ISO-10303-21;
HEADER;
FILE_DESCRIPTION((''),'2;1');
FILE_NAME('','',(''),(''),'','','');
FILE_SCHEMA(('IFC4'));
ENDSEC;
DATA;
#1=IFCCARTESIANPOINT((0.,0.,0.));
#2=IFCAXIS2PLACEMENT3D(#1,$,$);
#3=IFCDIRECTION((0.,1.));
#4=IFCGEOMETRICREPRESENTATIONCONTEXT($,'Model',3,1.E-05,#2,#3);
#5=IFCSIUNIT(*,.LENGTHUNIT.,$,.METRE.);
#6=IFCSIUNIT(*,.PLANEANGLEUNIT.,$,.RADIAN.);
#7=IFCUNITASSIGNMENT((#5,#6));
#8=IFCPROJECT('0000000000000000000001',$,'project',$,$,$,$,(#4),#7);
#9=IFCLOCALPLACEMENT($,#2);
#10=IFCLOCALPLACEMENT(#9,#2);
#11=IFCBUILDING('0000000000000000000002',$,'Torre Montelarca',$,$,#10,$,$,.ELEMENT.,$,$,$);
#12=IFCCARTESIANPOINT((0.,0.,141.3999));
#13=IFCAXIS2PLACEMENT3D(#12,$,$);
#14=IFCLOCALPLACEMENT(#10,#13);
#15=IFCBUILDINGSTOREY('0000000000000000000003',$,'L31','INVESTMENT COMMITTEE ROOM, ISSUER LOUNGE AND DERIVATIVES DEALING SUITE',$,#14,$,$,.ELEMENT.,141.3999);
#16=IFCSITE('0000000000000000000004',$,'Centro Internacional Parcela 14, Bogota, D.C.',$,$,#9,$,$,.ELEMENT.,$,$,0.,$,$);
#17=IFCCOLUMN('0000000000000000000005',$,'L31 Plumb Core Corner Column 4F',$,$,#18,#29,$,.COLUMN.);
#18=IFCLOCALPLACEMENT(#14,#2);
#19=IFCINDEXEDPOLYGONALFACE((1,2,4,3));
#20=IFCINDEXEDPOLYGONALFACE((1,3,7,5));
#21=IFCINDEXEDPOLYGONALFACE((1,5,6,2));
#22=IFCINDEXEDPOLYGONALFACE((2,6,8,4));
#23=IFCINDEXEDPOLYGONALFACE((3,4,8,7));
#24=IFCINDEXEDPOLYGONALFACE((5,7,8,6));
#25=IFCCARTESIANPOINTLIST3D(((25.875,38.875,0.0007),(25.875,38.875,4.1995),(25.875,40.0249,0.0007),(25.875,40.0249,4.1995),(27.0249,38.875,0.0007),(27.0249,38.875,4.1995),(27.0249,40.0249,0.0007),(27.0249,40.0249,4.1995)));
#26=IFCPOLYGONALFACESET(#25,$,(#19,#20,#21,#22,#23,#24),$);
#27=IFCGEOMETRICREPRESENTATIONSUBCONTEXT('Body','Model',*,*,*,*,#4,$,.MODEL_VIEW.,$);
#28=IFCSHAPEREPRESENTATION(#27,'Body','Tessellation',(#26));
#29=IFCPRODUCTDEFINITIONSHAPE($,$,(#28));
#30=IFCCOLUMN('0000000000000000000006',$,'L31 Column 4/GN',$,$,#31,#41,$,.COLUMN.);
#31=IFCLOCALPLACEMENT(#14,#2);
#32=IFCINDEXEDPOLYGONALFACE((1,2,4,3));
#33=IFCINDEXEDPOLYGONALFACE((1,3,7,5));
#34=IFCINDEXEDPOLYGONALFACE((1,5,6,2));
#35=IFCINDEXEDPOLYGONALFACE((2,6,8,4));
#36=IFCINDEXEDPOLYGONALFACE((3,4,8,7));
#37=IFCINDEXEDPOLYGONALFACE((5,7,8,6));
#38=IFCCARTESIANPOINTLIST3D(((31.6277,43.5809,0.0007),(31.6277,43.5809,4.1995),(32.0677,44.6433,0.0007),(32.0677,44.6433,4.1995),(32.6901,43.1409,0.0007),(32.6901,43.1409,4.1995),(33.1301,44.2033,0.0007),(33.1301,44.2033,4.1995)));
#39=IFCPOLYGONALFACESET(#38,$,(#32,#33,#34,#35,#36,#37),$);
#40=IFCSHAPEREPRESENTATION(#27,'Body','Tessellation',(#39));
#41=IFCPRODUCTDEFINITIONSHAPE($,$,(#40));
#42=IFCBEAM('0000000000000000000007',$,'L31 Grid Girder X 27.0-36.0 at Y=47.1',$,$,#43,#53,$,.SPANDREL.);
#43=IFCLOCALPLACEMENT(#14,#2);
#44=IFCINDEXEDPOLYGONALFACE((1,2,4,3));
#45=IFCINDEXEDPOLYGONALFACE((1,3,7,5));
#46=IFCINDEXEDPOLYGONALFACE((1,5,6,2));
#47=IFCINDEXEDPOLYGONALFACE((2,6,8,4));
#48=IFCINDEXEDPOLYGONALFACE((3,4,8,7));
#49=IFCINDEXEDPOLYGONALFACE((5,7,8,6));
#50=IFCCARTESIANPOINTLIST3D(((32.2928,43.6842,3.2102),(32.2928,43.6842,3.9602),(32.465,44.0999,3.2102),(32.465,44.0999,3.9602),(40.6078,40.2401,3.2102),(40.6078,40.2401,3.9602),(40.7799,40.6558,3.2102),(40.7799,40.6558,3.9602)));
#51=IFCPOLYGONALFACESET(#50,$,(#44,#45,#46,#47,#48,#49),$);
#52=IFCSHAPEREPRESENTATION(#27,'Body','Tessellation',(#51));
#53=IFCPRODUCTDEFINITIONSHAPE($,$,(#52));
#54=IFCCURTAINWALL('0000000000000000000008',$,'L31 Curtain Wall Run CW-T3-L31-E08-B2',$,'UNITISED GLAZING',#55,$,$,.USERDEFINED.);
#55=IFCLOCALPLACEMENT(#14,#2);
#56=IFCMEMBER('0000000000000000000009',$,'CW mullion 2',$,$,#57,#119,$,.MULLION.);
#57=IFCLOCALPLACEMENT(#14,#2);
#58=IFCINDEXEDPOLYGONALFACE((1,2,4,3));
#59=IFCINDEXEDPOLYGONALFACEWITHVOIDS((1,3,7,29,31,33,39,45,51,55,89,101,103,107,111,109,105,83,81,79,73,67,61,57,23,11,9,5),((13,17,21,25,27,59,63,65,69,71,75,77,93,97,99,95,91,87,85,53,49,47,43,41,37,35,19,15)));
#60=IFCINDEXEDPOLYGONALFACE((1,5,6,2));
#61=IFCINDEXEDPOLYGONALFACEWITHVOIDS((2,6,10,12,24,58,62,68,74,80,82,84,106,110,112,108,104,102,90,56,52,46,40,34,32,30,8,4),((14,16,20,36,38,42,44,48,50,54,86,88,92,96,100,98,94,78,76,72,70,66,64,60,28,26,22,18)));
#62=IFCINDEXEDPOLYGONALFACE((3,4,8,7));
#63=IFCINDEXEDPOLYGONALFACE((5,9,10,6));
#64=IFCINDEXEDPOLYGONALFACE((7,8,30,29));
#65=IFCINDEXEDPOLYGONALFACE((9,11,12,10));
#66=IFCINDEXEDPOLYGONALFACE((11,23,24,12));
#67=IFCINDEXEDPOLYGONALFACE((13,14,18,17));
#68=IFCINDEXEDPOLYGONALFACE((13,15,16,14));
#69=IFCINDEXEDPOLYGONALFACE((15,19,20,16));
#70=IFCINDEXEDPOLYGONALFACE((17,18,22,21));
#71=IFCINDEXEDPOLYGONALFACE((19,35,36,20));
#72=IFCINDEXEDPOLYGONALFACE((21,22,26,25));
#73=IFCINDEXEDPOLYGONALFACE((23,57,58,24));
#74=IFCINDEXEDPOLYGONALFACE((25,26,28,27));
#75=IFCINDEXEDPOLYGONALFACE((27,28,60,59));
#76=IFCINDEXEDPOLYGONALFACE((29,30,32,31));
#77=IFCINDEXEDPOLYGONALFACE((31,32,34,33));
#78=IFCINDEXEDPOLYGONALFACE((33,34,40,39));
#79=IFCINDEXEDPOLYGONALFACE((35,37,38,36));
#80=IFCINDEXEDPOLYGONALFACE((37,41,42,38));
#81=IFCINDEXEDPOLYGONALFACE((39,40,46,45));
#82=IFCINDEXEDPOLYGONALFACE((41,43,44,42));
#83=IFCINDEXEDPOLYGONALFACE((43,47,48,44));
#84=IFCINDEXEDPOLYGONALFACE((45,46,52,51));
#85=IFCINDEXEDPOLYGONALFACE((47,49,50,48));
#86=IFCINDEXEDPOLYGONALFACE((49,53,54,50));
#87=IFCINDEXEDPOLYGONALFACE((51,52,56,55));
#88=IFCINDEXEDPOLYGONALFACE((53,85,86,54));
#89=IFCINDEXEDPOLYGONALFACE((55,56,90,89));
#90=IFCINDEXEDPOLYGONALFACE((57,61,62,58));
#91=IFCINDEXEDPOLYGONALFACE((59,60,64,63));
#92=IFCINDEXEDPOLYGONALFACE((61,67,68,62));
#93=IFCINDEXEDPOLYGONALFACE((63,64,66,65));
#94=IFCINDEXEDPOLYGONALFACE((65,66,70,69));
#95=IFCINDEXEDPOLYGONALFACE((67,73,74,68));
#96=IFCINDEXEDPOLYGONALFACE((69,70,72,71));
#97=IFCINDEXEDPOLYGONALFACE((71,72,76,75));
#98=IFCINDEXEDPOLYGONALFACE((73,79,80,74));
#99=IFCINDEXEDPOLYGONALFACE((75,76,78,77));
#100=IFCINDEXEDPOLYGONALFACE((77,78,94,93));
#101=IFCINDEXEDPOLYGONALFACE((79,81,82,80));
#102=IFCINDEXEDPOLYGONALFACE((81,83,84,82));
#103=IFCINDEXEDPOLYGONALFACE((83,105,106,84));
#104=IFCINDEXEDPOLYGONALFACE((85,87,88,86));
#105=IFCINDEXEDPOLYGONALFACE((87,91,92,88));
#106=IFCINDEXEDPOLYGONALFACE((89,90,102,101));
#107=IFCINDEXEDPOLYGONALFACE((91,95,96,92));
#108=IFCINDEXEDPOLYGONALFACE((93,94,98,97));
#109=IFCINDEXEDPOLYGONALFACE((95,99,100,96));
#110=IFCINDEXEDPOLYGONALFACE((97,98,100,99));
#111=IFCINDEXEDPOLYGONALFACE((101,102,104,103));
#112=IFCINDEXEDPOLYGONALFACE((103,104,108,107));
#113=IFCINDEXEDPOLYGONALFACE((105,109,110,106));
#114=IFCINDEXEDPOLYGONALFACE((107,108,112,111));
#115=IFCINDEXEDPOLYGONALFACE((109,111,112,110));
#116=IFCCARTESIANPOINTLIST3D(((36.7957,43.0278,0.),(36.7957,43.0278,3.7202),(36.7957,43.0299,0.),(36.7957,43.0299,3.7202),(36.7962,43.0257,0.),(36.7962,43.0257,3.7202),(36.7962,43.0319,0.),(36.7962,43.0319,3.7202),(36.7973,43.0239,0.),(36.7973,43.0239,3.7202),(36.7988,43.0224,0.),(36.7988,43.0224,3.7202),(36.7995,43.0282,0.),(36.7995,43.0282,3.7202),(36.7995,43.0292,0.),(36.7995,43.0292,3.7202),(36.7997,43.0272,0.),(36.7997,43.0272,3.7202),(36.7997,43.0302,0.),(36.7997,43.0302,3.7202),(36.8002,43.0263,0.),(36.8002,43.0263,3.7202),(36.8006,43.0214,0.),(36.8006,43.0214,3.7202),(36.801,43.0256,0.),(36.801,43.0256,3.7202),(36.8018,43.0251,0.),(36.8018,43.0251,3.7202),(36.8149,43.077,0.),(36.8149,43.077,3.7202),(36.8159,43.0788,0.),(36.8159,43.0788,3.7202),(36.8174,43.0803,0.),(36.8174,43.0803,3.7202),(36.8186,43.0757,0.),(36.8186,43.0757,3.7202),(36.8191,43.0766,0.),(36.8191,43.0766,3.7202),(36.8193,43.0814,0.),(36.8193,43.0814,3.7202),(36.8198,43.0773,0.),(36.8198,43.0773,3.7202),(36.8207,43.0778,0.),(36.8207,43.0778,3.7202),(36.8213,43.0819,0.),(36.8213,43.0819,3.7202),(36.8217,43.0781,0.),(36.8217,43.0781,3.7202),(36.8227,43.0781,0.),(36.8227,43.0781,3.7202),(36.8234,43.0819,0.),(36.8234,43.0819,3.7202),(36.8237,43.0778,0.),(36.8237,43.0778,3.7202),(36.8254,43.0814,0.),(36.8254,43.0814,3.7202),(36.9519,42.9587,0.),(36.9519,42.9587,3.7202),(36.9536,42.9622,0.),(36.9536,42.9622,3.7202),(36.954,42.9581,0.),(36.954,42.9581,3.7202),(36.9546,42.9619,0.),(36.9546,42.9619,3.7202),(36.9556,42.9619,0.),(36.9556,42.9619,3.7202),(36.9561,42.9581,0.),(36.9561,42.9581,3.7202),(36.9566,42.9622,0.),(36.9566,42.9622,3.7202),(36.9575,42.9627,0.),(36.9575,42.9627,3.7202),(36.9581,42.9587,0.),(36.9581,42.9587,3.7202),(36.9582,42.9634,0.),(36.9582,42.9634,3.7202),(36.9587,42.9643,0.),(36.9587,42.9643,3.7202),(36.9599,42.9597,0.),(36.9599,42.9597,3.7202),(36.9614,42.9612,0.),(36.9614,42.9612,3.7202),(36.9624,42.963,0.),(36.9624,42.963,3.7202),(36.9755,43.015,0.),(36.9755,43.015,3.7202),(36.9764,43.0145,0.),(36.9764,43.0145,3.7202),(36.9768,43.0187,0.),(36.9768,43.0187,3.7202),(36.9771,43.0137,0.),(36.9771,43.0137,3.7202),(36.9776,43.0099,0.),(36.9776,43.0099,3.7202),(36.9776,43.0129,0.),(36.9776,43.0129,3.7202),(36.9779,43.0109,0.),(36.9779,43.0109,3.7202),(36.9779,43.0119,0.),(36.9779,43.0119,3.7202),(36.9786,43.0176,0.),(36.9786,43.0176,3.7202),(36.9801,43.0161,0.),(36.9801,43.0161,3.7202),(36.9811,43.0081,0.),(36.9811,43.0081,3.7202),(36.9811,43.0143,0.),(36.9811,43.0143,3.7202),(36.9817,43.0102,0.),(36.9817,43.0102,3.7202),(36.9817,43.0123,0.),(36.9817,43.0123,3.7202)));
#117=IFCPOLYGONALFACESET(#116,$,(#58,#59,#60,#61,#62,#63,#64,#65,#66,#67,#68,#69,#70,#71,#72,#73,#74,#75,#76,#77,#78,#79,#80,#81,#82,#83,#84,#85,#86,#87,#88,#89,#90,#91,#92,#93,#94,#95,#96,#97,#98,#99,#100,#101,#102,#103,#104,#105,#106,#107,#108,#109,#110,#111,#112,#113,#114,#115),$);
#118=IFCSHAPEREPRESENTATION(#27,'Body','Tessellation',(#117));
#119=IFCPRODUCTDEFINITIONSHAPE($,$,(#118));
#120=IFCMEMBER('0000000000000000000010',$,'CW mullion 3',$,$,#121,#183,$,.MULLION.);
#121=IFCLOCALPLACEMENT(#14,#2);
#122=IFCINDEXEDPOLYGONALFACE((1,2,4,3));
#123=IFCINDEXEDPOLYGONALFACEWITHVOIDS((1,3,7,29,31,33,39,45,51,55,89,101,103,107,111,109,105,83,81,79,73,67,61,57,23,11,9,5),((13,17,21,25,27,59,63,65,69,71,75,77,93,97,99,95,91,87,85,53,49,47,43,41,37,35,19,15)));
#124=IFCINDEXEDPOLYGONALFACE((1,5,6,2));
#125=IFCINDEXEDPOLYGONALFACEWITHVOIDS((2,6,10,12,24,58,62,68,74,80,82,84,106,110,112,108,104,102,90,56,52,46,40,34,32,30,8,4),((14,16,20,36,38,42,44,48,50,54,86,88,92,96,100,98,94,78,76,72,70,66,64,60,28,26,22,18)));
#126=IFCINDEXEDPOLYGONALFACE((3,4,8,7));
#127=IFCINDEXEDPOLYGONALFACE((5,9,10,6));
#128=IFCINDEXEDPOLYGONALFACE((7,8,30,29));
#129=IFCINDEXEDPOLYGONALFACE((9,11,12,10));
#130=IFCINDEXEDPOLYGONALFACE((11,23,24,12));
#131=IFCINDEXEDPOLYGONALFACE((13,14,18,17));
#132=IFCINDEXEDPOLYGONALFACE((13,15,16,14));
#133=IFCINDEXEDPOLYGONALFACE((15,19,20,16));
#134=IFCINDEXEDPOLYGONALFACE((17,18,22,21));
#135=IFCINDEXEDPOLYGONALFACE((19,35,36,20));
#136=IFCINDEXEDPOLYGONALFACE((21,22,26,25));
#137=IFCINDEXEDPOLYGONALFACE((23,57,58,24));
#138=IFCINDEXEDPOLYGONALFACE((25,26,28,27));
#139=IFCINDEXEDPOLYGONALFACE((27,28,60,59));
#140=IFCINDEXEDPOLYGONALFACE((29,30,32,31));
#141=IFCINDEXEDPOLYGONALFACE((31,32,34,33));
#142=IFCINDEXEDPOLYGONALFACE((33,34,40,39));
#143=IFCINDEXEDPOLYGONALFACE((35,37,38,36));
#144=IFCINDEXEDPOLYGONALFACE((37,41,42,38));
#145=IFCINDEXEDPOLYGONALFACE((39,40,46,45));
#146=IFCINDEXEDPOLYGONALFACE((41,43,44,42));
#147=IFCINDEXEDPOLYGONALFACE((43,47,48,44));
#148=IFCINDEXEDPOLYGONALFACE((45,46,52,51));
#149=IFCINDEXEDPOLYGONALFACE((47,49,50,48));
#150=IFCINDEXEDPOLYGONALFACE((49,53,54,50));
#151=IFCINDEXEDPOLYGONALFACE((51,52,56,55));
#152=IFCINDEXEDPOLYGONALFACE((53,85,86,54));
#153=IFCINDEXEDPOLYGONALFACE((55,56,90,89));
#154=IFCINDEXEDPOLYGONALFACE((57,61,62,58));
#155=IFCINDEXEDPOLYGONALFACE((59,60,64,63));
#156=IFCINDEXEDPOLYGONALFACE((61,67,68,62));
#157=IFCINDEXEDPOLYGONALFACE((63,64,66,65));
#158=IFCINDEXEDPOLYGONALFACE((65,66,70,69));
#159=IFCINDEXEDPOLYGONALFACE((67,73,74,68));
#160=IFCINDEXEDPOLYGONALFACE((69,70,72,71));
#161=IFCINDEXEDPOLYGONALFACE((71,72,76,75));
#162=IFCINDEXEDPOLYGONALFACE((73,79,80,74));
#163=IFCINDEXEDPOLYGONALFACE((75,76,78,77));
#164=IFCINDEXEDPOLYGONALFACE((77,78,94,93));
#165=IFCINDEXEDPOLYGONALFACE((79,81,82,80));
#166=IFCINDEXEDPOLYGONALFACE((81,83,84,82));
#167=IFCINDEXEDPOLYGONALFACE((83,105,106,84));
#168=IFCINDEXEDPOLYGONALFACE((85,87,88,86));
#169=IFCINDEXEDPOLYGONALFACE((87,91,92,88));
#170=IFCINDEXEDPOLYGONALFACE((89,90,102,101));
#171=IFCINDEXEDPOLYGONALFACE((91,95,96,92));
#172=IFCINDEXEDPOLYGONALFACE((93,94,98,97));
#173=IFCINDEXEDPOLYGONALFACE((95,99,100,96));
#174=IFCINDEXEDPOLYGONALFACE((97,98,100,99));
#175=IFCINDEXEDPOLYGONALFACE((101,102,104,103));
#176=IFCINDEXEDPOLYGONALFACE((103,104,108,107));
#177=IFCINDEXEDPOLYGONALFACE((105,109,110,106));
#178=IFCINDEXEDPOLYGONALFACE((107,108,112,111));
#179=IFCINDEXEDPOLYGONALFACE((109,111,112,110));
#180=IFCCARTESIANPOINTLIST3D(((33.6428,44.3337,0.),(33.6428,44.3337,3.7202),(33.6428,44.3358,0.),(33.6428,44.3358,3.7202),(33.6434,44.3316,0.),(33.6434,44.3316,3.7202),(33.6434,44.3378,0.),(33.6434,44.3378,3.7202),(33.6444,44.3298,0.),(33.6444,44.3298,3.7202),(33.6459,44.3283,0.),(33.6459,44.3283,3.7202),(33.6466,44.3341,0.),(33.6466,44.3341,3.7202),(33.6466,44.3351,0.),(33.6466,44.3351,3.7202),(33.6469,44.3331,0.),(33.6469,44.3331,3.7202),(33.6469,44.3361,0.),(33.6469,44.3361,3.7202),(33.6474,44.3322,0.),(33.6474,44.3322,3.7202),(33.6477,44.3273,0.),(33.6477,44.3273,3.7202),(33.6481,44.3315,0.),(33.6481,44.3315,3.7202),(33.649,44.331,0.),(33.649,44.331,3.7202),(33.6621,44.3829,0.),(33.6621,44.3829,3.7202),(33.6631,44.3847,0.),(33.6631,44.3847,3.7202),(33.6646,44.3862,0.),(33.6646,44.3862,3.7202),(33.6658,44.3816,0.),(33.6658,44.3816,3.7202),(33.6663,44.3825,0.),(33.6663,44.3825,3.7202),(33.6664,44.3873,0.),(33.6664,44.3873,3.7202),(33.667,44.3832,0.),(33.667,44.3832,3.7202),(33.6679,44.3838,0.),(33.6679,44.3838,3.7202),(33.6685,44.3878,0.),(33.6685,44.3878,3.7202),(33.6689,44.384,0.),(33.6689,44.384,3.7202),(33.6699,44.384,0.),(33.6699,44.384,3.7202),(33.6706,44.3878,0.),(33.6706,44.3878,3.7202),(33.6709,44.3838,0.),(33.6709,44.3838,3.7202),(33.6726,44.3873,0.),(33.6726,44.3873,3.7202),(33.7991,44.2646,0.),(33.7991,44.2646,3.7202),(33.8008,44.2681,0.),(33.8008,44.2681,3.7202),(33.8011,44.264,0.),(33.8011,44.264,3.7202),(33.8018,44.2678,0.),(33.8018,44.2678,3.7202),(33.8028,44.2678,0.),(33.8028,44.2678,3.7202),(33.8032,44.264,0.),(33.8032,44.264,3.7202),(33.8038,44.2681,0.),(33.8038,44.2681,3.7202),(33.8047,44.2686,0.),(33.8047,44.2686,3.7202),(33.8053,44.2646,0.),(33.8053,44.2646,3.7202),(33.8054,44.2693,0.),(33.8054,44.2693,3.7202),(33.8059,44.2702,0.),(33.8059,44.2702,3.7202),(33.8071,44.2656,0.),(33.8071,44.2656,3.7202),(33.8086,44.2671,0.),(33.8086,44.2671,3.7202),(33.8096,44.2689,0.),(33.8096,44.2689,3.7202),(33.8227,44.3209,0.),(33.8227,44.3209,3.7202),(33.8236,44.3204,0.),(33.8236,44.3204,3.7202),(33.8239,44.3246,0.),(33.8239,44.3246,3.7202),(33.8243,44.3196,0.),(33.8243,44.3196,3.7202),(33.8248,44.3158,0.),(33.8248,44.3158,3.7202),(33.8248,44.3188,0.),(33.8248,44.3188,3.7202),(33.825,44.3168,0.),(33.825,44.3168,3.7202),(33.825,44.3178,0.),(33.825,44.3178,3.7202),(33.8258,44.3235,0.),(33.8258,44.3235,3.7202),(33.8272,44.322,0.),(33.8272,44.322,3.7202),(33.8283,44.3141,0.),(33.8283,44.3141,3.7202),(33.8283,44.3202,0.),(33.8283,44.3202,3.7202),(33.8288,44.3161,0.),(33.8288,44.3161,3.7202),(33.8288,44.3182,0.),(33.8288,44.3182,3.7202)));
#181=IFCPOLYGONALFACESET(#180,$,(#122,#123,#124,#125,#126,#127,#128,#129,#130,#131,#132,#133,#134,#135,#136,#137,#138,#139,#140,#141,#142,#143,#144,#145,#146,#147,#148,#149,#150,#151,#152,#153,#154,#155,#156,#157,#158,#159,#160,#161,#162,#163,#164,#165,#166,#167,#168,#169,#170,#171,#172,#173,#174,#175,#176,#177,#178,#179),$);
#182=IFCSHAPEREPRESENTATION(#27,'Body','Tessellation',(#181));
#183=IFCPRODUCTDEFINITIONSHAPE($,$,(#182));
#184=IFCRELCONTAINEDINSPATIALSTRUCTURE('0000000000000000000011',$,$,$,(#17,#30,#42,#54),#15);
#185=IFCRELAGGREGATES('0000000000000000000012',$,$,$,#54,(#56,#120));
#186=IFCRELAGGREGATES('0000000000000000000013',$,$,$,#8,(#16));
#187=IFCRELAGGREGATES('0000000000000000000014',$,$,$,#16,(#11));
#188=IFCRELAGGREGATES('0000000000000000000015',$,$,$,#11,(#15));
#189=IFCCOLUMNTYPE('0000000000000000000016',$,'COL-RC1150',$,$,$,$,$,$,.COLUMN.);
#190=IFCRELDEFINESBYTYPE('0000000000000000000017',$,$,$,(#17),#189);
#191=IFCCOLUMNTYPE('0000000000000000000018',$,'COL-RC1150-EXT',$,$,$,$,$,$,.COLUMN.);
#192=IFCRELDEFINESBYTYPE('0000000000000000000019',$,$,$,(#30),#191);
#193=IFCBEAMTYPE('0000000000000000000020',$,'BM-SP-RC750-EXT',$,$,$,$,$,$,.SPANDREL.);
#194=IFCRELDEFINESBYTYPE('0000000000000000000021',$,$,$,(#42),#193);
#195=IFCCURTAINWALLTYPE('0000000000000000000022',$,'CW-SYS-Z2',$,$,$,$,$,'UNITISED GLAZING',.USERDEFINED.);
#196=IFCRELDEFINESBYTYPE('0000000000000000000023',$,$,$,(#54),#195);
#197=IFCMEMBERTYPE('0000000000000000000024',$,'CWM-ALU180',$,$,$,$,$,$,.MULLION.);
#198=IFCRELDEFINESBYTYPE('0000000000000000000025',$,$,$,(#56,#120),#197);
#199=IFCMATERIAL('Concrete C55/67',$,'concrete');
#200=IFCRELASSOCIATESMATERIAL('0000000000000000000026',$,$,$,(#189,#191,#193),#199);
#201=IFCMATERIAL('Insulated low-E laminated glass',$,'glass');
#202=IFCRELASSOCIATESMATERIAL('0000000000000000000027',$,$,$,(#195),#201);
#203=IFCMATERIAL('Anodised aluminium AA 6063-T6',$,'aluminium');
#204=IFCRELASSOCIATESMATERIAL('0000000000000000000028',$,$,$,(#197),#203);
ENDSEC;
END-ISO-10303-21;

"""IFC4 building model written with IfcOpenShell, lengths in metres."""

from ifc_helpers import new_model, si_unit, direction, frame, origin, origin_2d, place, context, subcontext, project, spatial, rectangle, hollow_rectangle, extrude, source, transform, mapped, material, material_profile, profile_set, type_object, element, aggregate, save


model = new_model("IFC4")

# Units and contexts
model_context = context("Model", 3, precision=1e-05, world=origin(), true_north=direction((0.0, 1.0)))
body_context = subcontext(model_context, "Body", "Model", "MODEL_VIEW")
ifc_project = project(units=[si_unit("LENGTHUNIT", "METRE"), si_unit("PLANEANGLEUNIT", "RADIAN")], contexts=[model_context])

# Site, building, storey
site_placement = place(None, origin())
site = spatial("IfcSite", under=ifc_project, at=site_placement, Name="Centro Internacional Parcela 14, Bogota, D.C.", CompositionType="ELEMENT", RefElevation=0.0)
building_placement = place(site_placement, origin())
building = spatial("IfcBuilding", under=site, at=building_placement, Name="Torre Montelarca", CompositionType="ELEMENT")
storey_placement = place(building_placement, frame((0.0, 0.0, 141.3999)))
storey = spatial("IfcBuildingStorey", under=building, at=storey_placement, Name="L31", Description="INVESTMENT COMMITTEE ROOM, ISSUER LOUNGE AND DERIVATIVES DEALING SUITE", CompositionType="ELEMENT", Elevation=141.3999)

# Columns
ifc_material_1 = material(Name="Concrete C55/67", Category="concrete")
ifc_material_profile_1 = material_profile(ifc_material_1, rectangle(XDim=1.1499, YDim=1.1499, at=origin_2d()), Name="RC1150X1150", Category="concrete")
ifc_profile_set_1 = profile_set([ifc_material_profile_1], Name="Concrete C55/67")
column_type_1 = type_object("IfcColumnType", Name="COL-RC1150", PredefinedType="COLUMN", material=ifc_profile_set_1)
shared_shape_1 = source(origin(), body_context, "Body", "SweptSolid", [
    extrude(rectangle(XDim=1.1499, YDim=1.1499, at=origin_2d()), origin(), (0.0, 0.0, 1.0), 4.1987),
])
column_1_placement = place(storey_placement, frame((26.45, 39.45, 0.0007), z_axis=(0.0, 0.0, 1.0), x_axis=(1.0, 0.0, 0.0)))
element("IfcColumn", 1, at=column_1_placement, inside=storey, type_object=column_type_1, Name="L31 Plumb Core Corner Column 4F", PredefinedType="COLUMN", context=body_context, shape_type="MappedRepresentation", body=[
    mapped(shared_shape_1, transform((0.0, 0.0, 0.0), scale=1.0)),
])
ifc_material_profile_2 = material_profile(ifc_material_1, rectangle(XDim=1.1499, YDim=1.1499, at=origin_2d()), Name="RC1150X1150", Category="concrete")
ifc_profile_set_2 = profile_set([ifc_material_profile_2], Name="Concrete C55/67")
column_type_2 = type_object("IfcColumnType", Name="COL-RC1150-EXT", PredefinedType="COLUMN", material=ifc_profile_set_2)
shared_shape_2 = source(origin(), body_context, "Body", "SweptSolid", [
    extrude(rectangle(XDim=1.1499, YDim=1.1499, at=origin_2d()), origin(), (0.0, 0.0, 1.0), 4.1987),
])
column_2_placement = place(storey_placement, frame((32.3789, 43.8921, 0.0007), z_axis=(0.0, 0.0, 1.0), x_axis=(-0.92388, 0.382683, 0.0)))
element("IfcColumn", 2, at=column_2_placement, inside=storey, type_object=column_type_2, Name="L31 Column 4/GN", PredefinedType="COLUMN", context=body_context, shape_type="MappedRepresentation", body=[
    mapped(shared_shape_2, transform((0.0, 0.0, 0.0), scale=1.0)),
])

# Beam
ifc_material_profile_3 = material_profile(ifc_material_1, rectangle(XDim=0.45, YDim=0.75, at=origin_2d()), Name="RCB450X750", Category="concrete")
ifc_profile_set_3 = profile_set([ifc_material_profile_3], Name="Concrete C55/67")
beam_type = type_object("IfcBeamType", Name="BM-SP-RC750-EXT", PredefinedType="SPANDREL", material=ifc_profile_set_3)
shared_shape_3 = source(origin(), body_context, "Body", "SweptSolid", [
    extrude(rectangle(XDim=0.45, YDim=0.75, at=origin_2d()), origin(), (0.0, 0.0, 1.0), 9.0),
])
beam_placement = place(storey_placement, frame((32.3789, 43.8921, 3.5852), z_axis=(0.923882, -0.382677, 0.0), x_axis=(0.382677, 0.923882, 0.0)))
element("IfcBeam", 3, at=beam_placement, inside=storey, type_object=beam_type, Name="L31 Grid Girder X 27.0-36.0 at Y=47.1", PredefinedType="SPANDREL", context=body_context, shape_type="MappedRepresentation", body=[
    mapped(shared_shape_3, transform((0.0, 0.0, 0.0), scale=1.0)),
])

# Curtain wall, members
ifc_material_2 = material(Name="Insulated low-E laminated glass", Category="glass")
curtain_wall_type = type_object("IfcCurtainWallType", Name="CW-SYS-Z2", ElementType="UNITISED GLAZING", PredefinedType="USERDEFINED", material=ifc_material_2)
curtain_wall_placement = place(storey_placement, origin())
curtain_wall = element("IfcCurtainWall", 4, at=curtain_wall_placement, inside=storey, type_object=curtain_wall_type, Name="L31 Curtain Wall Run CW-T3-L31-E08-B2", ObjectType="UNITISED GLAZING", PredefinedType="USERDEFINED")
ifc_material_3 = material(Name="Anodised aluminium AA 6063-T6", Category="aluminium")
ifc_material_profile_4 = material_profile(ifc_material_3, hollow_rectangle(XDim=0.0649, YDim=0.1799, WallThickness=0.0039, InnerFilletRadius=0.0039, OuterFilletRadius=0.0081, at=origin_2d()), Name="ALU65X180X4", Category="aluminium")
ifc_profile_set_4 = profile_set([ifc_material_profile_4], Name="Anodised aluminium AA 6063-T6")
member_type_1 = type_object("IfcMemberType", Name="CWM-ALU180", PredefinedType="MULLION", material=ifc_profile_set_4)
shared_shape_4 = source(origin(), body_context, "Body", "SweptSolid", [
    extrude(hollow_rectangle(XDim=0.0649, YDim=0.1799, WallThickness=0.0039, InnerFilletRadius=0.0039, OuterFilletRadius=0.0081, at=origin_2d()), origin(), (0.0, 0.0, 1.0), 3.7202),
])
member_1_placement = place(storey_placement, frame((36.8887, 43.02, 0.0), z_axis=(0.0, 0.0, 1.0), x_axis=(-0.382686, -0.923878, 0.0)))
member_1 = element("IfcMember", 5, at=member_1_placement, type_object=member_type_1, Name="CW mullion 2", PredefinedType="MULLION", context=body_context, shape_type="MappedRepresentation", body=[
    mapped(shared_shape_4, transform((0.0, 0.0, 0.0), scale=1.0)),
])
member_2_placement = place(storey_placement, frame((33.7358, 44.3259, 0.0), z_axis=(0.0, 0.0, 1.0), x_axis=(-0.382686, -0.923878, 0.0)))
member_2 = element("IfcMember", 6, at=member_2_placement, type_object=member_type_1, Name="CW mullion 3", PredefinedType="MULLION", context=body_context, shape_type="MappedRepresentation", body=[
    mapped(shared_shape_4, transform((0.0, 0.0, 0.0), scale=1.0)),
])
aggregate(curtain_wall, [member_1, member_2])

save(model, "model.ifc")
